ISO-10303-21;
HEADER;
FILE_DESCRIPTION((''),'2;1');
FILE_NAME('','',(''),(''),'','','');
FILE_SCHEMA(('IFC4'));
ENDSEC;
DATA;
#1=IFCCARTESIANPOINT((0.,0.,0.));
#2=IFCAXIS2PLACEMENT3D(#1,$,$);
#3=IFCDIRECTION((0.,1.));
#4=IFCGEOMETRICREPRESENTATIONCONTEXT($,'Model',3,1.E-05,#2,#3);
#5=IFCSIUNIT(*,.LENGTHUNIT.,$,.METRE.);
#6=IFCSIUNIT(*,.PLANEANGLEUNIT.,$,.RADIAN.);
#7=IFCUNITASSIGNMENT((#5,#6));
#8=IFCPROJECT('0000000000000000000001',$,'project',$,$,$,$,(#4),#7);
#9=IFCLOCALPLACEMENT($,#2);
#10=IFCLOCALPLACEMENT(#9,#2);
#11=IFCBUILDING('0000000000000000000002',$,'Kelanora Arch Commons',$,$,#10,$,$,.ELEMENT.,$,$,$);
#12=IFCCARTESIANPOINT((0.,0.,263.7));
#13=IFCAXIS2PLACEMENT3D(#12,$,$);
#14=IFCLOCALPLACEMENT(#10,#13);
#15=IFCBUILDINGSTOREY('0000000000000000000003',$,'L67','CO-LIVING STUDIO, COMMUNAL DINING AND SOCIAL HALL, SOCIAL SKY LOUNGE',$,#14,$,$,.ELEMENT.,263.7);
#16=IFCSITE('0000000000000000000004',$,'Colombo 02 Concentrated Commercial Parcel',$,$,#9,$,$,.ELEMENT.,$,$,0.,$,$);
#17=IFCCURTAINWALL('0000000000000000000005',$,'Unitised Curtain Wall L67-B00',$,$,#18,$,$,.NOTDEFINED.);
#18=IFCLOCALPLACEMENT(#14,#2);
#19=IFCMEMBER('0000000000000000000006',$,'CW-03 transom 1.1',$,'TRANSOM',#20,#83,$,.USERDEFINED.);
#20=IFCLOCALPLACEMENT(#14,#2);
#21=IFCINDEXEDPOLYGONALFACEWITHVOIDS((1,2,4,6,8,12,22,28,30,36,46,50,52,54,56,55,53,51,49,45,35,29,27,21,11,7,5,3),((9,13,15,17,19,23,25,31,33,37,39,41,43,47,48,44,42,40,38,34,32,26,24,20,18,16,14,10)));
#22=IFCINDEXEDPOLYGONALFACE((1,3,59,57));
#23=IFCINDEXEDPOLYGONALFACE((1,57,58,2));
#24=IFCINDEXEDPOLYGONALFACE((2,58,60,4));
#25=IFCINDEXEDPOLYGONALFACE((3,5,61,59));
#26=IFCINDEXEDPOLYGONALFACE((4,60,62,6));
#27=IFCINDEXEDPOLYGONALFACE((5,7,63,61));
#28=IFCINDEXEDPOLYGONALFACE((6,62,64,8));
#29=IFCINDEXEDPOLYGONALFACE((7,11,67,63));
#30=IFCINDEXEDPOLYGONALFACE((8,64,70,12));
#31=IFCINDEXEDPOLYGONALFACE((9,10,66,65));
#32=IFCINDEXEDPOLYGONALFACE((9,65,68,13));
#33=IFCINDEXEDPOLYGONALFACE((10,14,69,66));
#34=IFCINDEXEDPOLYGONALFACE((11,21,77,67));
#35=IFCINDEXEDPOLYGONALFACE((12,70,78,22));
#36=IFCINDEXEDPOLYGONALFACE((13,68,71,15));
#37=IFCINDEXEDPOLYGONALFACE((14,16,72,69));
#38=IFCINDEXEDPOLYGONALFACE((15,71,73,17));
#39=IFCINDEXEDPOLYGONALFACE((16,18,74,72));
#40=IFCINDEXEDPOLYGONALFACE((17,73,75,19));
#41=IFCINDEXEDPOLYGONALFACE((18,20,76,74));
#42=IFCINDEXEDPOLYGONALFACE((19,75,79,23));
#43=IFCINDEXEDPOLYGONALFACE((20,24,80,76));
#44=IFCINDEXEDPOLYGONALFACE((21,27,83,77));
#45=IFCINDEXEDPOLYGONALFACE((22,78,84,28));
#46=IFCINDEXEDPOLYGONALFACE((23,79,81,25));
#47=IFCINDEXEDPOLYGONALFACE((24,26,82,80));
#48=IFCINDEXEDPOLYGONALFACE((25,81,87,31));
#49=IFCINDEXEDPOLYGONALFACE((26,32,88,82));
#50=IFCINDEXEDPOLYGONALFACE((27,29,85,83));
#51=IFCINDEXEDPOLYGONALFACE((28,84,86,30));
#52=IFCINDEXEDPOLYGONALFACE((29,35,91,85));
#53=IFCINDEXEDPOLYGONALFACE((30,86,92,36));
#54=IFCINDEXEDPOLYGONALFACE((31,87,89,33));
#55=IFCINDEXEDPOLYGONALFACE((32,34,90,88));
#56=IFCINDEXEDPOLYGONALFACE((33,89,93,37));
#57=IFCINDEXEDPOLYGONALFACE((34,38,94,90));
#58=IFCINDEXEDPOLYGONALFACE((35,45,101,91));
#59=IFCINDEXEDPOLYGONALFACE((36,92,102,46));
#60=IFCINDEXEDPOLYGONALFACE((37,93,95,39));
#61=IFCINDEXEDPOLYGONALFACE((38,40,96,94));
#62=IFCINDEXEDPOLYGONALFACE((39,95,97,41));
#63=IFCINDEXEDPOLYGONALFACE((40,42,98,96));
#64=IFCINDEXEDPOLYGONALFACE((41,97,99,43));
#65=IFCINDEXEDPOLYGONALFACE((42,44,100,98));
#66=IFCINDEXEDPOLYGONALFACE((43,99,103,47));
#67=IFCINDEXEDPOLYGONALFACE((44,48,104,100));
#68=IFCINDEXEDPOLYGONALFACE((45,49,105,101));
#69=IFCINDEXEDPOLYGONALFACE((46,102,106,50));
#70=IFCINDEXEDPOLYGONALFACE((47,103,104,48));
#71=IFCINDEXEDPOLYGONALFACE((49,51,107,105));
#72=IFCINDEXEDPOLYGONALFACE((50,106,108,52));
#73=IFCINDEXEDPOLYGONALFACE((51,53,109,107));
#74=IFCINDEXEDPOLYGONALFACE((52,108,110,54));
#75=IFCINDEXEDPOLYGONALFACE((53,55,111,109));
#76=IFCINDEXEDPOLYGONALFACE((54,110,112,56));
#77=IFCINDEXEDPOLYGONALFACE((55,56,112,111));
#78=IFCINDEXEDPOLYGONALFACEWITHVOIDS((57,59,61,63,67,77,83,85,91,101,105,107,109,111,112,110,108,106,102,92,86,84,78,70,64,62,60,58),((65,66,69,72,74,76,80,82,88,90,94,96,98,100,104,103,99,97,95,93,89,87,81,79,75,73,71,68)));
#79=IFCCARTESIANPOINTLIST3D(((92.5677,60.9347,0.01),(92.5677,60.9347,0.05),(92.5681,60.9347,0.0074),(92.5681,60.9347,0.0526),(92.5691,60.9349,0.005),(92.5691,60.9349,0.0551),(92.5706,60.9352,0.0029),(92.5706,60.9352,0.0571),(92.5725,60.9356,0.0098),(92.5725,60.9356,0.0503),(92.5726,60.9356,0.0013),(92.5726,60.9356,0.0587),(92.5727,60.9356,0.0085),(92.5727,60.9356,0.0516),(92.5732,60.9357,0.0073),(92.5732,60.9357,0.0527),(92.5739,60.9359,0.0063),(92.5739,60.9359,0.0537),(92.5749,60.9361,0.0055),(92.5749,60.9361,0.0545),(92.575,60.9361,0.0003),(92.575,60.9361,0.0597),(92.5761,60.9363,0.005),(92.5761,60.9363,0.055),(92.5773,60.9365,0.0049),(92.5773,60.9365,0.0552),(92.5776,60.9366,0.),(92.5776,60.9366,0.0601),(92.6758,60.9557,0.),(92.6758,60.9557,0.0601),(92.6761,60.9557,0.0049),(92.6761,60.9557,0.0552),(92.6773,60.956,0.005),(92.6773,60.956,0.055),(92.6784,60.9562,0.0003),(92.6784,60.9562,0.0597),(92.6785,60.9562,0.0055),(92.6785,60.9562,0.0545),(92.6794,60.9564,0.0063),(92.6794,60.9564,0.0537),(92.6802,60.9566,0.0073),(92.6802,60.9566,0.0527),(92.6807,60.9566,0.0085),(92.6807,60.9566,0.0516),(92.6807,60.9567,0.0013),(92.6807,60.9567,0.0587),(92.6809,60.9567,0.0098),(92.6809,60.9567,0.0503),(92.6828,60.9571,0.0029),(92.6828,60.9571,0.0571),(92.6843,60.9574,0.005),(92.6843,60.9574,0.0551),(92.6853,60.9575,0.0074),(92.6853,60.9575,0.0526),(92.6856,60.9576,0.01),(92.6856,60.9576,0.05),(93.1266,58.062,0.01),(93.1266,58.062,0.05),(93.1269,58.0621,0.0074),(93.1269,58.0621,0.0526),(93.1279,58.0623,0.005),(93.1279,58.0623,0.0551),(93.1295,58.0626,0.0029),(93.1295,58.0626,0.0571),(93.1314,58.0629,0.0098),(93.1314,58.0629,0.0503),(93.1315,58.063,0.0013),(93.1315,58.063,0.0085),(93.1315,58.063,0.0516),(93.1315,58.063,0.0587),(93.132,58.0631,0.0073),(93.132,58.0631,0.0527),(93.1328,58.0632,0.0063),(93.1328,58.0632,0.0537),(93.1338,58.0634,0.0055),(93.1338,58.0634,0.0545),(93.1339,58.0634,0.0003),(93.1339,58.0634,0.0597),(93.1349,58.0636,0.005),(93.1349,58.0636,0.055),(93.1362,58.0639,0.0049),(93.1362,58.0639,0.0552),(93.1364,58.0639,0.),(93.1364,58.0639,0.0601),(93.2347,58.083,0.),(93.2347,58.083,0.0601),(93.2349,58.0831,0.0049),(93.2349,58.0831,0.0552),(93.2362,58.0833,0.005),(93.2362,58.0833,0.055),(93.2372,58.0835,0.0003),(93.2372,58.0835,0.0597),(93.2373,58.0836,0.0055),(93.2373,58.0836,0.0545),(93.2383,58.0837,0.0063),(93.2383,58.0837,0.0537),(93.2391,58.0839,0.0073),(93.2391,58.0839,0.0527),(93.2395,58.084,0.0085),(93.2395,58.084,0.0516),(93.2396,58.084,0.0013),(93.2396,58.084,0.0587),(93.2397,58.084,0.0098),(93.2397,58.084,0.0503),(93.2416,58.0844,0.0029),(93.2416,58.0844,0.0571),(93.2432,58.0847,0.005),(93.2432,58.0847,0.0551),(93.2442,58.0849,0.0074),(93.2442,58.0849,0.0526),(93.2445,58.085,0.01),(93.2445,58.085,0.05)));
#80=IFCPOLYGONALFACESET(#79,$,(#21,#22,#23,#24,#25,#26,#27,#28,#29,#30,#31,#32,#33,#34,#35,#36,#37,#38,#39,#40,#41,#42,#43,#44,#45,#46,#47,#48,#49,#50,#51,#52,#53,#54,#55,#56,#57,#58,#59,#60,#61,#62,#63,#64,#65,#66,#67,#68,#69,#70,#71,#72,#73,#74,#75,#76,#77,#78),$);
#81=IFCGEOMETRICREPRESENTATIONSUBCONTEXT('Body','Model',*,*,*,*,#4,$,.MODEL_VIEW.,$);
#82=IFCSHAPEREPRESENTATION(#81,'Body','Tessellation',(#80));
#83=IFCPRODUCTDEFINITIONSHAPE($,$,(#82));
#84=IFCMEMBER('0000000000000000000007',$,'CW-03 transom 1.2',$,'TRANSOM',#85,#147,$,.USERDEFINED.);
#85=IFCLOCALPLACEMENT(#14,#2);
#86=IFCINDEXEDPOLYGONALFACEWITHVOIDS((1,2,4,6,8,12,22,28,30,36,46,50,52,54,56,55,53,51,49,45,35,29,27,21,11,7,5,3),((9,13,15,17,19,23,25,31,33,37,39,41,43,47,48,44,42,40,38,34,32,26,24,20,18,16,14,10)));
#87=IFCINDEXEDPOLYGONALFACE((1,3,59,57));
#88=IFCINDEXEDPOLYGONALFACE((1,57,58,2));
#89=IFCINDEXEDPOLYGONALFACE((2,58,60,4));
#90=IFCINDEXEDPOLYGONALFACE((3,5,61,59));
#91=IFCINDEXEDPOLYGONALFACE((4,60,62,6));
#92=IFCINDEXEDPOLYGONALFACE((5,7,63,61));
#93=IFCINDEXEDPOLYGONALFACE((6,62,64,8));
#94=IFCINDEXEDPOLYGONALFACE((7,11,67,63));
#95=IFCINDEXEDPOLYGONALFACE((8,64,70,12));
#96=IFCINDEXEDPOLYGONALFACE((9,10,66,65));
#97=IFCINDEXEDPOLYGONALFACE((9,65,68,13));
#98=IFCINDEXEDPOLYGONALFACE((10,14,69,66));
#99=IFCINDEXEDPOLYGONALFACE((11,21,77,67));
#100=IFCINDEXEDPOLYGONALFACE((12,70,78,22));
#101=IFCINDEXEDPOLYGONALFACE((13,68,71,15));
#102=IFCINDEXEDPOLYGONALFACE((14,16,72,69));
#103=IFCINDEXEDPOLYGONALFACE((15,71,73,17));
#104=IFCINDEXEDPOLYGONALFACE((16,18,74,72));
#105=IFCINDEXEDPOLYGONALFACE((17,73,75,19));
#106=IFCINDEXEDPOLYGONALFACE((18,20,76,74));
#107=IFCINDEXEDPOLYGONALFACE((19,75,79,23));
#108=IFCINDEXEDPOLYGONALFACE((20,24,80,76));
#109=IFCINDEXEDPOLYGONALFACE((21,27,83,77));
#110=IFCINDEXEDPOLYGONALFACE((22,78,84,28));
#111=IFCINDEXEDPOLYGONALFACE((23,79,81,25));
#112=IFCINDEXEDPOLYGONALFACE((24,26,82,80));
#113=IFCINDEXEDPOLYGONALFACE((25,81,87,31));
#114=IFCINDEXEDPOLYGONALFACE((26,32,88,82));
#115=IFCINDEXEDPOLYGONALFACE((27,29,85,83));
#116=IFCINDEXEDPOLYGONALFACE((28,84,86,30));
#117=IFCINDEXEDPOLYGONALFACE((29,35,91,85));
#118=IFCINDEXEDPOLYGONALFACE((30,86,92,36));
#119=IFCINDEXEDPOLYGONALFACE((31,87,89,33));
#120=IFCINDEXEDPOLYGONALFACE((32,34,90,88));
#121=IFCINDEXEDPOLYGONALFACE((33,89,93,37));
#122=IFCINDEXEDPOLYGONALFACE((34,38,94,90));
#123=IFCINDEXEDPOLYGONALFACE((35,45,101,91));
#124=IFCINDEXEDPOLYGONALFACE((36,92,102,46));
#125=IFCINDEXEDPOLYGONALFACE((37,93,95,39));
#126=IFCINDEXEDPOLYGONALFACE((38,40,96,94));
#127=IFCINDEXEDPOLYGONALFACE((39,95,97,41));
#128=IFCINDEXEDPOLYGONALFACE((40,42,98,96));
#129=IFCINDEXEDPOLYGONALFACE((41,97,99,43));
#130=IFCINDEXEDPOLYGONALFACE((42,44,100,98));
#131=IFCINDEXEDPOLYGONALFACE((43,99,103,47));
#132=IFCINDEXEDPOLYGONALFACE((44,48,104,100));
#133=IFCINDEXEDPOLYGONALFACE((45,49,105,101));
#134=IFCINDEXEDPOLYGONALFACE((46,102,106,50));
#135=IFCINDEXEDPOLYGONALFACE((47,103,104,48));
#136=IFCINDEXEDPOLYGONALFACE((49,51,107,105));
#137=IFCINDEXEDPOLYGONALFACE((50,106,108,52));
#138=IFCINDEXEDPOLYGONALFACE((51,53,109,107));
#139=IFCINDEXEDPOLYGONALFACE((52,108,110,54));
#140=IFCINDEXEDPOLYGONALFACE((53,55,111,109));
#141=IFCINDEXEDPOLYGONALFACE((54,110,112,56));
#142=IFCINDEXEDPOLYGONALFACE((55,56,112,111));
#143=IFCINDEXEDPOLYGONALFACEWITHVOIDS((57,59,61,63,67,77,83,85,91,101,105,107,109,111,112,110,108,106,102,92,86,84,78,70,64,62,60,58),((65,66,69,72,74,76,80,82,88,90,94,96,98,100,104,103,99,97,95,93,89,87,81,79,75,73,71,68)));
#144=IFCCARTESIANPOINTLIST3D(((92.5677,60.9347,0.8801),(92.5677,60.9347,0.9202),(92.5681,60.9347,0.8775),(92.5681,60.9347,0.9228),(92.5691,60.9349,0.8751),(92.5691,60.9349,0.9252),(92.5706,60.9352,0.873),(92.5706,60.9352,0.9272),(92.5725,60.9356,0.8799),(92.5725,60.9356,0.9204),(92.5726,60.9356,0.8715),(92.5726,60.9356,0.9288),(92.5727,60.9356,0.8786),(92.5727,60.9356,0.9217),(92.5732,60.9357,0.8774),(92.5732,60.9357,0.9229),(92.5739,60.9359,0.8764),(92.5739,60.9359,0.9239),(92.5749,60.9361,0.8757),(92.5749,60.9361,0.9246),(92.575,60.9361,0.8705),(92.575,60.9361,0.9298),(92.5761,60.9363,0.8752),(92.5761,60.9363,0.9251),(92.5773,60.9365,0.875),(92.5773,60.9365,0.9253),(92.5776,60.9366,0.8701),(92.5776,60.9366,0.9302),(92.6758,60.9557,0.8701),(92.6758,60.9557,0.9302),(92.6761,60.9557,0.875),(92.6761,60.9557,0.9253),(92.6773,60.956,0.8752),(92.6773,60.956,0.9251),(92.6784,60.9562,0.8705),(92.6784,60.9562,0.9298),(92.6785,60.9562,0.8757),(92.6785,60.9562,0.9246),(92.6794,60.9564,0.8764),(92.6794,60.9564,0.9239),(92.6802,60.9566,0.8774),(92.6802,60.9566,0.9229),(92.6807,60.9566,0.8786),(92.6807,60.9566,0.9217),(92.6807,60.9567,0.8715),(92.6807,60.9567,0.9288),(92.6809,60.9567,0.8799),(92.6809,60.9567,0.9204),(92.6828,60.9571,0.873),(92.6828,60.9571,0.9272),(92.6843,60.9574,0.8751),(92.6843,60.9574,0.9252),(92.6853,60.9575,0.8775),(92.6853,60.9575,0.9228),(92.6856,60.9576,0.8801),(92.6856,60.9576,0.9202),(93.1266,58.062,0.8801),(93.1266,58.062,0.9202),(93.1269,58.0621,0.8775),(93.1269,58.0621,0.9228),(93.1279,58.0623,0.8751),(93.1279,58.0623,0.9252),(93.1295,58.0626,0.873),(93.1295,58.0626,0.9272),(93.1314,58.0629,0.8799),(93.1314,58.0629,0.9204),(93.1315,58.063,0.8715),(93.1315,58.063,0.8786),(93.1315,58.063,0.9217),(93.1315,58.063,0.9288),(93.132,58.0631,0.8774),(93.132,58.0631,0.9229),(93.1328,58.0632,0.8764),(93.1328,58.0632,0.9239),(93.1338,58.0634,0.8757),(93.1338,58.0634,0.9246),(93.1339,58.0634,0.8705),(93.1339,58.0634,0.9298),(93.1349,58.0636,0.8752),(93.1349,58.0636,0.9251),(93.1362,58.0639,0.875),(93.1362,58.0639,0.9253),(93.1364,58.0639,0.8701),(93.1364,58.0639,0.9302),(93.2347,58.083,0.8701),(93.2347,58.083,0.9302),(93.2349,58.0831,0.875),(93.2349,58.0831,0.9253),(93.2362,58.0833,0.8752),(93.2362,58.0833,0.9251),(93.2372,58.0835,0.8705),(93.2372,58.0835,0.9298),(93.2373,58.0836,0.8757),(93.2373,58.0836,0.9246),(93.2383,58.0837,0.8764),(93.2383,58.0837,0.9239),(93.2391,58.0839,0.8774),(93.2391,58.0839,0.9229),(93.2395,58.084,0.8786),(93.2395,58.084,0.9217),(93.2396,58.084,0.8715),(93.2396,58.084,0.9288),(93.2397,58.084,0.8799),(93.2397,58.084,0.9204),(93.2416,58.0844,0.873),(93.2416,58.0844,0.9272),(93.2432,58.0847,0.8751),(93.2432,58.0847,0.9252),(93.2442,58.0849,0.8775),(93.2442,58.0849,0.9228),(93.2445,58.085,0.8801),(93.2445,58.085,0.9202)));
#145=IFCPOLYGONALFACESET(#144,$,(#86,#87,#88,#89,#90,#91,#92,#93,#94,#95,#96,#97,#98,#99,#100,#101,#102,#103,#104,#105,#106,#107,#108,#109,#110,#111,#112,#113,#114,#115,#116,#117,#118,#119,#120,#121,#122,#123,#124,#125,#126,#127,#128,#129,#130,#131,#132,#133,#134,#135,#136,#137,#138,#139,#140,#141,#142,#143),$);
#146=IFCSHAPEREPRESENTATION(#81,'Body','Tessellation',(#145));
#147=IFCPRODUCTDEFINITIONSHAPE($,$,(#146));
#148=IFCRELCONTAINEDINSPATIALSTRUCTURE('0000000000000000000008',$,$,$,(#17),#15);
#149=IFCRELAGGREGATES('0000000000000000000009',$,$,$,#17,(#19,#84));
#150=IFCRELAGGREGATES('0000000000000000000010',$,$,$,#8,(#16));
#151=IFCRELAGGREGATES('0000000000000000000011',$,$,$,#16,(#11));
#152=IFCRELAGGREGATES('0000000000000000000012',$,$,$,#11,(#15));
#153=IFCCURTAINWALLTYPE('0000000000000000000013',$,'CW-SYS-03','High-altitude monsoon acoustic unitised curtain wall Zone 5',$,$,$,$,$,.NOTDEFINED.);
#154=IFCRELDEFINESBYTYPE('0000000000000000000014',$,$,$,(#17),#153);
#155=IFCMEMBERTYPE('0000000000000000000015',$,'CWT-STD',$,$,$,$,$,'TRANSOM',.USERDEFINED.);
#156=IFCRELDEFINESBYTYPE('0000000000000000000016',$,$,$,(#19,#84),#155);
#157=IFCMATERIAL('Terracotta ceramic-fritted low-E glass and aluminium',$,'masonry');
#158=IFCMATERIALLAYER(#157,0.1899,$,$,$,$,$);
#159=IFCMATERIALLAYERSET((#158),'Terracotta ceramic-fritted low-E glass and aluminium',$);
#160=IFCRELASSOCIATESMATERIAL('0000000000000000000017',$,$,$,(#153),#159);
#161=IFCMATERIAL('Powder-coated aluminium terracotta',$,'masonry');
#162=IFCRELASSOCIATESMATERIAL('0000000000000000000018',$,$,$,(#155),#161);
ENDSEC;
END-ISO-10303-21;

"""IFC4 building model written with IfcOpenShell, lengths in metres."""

from ifc_helpers import new_model, si_unit, direction, frame, origin, origin_2d, place, context, subcontext, project, spatial, hollow_rectangle, extrude, material, layer, layer_set, material_profile, profile_set, type_object, element, aggregate, save


model = new_model("IFC4")

# Units and contexts
model_context = context("Model", 3, precision=1e-05, world=origin(), true_north=direction((0.0, 1.0)))
body_context = subcontext(model_context, "Body", "Model", "MODEL_VIEW")
ifc_project = project(units=[si_unit("LENGTHUNIT", "METRE"), si_unit("PLANEANGLEUNIT", "RADIAN")], contexts=[model_context])

# Site, building, storey
site_placement = place(None, origin())
site = spatial("IfcSite", under=ifc_project, at=site_placement, Name="Colombo 02 Concentrated Commercial Parcel", CompositionType="ELEMENT", RefElevation=0.0)
building_placement = place(site_placement, origin())
building = spatial("IfcBuilding", under=site, at=building_placement, Name="Kelanora Arch Commons", CompositionType="ELEMENT")
storey_placement = place(building_placement, frame((0.0, 0.0, 263.7)))
storey = spatial("IfcBuildingStorey", under=building, at=storey_placement, Name="L67", Description="CO-LIVING STUDIO, COMMUNAL DINING AND SOCIAL HALL, SOCIAL SKY LOUNGE", CompositionType="ELEMENT", Elevation=263.7)

# Curtain wall, members
ifc_material_1 = material(Name="Terracotta ceramic-fritted low-E glass and aluminium", Category="masonry")
ifc_layer_1 = layer(ifc_material_1, 0.1899)
ifc_layer_set_1 = layer_set([ifc_layer_1], Name="Terracotta ceramic-fritted low-E glass and aluminium")
curtain_wall_type = type_object("IfcCurtainWallType", Name="CW-SYS-03", Description="High-altitude monsoon acoustic unitised curtain wall Zone 5", PredefinedType="NOTDEFINED", material=ifc_layer_set_1)
curtain_wall_placement = place(storey_placement, origin())
curtain_wall = element("IfcCurtainWall", 1, at=curtain_wall_placement, inside=storey, type_object=curtain_wall_type, Name="Unitised Curtain Wall L67-B00", PredefinedType="NOTDEFINED")
ifc_material_2 = material(Name="Powder-coated aluminium terracotta", Category="masonry")
ifc_material_profile_1 = material_profile(ifc_material_2, hollow_rectangle(XDim=0.1201, YDim=0.0601, WallThickness=0.0049, InnerFilletRadius=0.0049, OuterFilletRadius=0.01, at=origin_2d()), Name="CWT120x60")
ifc_profile_set_1 = profile_set([ifc_material_profile_1], Name="Powder-coated aluminium terracotta")
member_type_1 = type_object("IfcMemberType", Name="CWT-STD", ElementType="TRANSOM", PredefinedType="USERDEFINED", material=ifc_profile_set_1)
member_1_placement = place(storey_placement, frame((93.1855, 58.0735, 0.03), z_axis=(-0.190963, 0.981597, 0.0), x_axis=(-0.981597, -0.190963, 0.0)))
member_1 = element("IfcMember", 2, at=member_1_placement, type_object=member_type_1, Name="CW-03 transom 1.1", ObjectType="TRANSOM", PredefinedType="USERDEFINED", context=body_context, shape_type="SweptSolid", body=[
    extrude(hollow_rectangle(XDim=0.1201, YDim=0.0601, WallThickness=0.0049, InnerFilletRadius=0.0049, OuterFilletRadius=0.01, at=origin_2d()), origin(), (0.0, 0.0, 1.0), 2.9265),
])
member_2_placement = place(storey_placement, frame((93.1855, 58.0735, 0.9001), z_axis=(-0.190963, 0.981597, 0.0), x_axis=(-0.981597, -0.190963, 0.0)))
member_2 = element("IfcMember", 3, at=member_2_placement, type_object=member_type_1, Name="CW-03 transom 1.2", ObjectType="TRANSOM", PredefinedType="USERDEFINED", context=body_context, shape_type="SweptSolid", body=[
    extrude(hollow_rectangle(XDim=0.1201, YDim=0.0601, WallThickness=0.0049, InnerFilletRadius=0.0049, OuterFilletRadius=0.01, at=origin_2d()), origin(), (0.0, 0.0, 1.0), 2.9265),
])
aggregate(curtain_wall, [member_1, member_2])

save(model, "model.ifc")
